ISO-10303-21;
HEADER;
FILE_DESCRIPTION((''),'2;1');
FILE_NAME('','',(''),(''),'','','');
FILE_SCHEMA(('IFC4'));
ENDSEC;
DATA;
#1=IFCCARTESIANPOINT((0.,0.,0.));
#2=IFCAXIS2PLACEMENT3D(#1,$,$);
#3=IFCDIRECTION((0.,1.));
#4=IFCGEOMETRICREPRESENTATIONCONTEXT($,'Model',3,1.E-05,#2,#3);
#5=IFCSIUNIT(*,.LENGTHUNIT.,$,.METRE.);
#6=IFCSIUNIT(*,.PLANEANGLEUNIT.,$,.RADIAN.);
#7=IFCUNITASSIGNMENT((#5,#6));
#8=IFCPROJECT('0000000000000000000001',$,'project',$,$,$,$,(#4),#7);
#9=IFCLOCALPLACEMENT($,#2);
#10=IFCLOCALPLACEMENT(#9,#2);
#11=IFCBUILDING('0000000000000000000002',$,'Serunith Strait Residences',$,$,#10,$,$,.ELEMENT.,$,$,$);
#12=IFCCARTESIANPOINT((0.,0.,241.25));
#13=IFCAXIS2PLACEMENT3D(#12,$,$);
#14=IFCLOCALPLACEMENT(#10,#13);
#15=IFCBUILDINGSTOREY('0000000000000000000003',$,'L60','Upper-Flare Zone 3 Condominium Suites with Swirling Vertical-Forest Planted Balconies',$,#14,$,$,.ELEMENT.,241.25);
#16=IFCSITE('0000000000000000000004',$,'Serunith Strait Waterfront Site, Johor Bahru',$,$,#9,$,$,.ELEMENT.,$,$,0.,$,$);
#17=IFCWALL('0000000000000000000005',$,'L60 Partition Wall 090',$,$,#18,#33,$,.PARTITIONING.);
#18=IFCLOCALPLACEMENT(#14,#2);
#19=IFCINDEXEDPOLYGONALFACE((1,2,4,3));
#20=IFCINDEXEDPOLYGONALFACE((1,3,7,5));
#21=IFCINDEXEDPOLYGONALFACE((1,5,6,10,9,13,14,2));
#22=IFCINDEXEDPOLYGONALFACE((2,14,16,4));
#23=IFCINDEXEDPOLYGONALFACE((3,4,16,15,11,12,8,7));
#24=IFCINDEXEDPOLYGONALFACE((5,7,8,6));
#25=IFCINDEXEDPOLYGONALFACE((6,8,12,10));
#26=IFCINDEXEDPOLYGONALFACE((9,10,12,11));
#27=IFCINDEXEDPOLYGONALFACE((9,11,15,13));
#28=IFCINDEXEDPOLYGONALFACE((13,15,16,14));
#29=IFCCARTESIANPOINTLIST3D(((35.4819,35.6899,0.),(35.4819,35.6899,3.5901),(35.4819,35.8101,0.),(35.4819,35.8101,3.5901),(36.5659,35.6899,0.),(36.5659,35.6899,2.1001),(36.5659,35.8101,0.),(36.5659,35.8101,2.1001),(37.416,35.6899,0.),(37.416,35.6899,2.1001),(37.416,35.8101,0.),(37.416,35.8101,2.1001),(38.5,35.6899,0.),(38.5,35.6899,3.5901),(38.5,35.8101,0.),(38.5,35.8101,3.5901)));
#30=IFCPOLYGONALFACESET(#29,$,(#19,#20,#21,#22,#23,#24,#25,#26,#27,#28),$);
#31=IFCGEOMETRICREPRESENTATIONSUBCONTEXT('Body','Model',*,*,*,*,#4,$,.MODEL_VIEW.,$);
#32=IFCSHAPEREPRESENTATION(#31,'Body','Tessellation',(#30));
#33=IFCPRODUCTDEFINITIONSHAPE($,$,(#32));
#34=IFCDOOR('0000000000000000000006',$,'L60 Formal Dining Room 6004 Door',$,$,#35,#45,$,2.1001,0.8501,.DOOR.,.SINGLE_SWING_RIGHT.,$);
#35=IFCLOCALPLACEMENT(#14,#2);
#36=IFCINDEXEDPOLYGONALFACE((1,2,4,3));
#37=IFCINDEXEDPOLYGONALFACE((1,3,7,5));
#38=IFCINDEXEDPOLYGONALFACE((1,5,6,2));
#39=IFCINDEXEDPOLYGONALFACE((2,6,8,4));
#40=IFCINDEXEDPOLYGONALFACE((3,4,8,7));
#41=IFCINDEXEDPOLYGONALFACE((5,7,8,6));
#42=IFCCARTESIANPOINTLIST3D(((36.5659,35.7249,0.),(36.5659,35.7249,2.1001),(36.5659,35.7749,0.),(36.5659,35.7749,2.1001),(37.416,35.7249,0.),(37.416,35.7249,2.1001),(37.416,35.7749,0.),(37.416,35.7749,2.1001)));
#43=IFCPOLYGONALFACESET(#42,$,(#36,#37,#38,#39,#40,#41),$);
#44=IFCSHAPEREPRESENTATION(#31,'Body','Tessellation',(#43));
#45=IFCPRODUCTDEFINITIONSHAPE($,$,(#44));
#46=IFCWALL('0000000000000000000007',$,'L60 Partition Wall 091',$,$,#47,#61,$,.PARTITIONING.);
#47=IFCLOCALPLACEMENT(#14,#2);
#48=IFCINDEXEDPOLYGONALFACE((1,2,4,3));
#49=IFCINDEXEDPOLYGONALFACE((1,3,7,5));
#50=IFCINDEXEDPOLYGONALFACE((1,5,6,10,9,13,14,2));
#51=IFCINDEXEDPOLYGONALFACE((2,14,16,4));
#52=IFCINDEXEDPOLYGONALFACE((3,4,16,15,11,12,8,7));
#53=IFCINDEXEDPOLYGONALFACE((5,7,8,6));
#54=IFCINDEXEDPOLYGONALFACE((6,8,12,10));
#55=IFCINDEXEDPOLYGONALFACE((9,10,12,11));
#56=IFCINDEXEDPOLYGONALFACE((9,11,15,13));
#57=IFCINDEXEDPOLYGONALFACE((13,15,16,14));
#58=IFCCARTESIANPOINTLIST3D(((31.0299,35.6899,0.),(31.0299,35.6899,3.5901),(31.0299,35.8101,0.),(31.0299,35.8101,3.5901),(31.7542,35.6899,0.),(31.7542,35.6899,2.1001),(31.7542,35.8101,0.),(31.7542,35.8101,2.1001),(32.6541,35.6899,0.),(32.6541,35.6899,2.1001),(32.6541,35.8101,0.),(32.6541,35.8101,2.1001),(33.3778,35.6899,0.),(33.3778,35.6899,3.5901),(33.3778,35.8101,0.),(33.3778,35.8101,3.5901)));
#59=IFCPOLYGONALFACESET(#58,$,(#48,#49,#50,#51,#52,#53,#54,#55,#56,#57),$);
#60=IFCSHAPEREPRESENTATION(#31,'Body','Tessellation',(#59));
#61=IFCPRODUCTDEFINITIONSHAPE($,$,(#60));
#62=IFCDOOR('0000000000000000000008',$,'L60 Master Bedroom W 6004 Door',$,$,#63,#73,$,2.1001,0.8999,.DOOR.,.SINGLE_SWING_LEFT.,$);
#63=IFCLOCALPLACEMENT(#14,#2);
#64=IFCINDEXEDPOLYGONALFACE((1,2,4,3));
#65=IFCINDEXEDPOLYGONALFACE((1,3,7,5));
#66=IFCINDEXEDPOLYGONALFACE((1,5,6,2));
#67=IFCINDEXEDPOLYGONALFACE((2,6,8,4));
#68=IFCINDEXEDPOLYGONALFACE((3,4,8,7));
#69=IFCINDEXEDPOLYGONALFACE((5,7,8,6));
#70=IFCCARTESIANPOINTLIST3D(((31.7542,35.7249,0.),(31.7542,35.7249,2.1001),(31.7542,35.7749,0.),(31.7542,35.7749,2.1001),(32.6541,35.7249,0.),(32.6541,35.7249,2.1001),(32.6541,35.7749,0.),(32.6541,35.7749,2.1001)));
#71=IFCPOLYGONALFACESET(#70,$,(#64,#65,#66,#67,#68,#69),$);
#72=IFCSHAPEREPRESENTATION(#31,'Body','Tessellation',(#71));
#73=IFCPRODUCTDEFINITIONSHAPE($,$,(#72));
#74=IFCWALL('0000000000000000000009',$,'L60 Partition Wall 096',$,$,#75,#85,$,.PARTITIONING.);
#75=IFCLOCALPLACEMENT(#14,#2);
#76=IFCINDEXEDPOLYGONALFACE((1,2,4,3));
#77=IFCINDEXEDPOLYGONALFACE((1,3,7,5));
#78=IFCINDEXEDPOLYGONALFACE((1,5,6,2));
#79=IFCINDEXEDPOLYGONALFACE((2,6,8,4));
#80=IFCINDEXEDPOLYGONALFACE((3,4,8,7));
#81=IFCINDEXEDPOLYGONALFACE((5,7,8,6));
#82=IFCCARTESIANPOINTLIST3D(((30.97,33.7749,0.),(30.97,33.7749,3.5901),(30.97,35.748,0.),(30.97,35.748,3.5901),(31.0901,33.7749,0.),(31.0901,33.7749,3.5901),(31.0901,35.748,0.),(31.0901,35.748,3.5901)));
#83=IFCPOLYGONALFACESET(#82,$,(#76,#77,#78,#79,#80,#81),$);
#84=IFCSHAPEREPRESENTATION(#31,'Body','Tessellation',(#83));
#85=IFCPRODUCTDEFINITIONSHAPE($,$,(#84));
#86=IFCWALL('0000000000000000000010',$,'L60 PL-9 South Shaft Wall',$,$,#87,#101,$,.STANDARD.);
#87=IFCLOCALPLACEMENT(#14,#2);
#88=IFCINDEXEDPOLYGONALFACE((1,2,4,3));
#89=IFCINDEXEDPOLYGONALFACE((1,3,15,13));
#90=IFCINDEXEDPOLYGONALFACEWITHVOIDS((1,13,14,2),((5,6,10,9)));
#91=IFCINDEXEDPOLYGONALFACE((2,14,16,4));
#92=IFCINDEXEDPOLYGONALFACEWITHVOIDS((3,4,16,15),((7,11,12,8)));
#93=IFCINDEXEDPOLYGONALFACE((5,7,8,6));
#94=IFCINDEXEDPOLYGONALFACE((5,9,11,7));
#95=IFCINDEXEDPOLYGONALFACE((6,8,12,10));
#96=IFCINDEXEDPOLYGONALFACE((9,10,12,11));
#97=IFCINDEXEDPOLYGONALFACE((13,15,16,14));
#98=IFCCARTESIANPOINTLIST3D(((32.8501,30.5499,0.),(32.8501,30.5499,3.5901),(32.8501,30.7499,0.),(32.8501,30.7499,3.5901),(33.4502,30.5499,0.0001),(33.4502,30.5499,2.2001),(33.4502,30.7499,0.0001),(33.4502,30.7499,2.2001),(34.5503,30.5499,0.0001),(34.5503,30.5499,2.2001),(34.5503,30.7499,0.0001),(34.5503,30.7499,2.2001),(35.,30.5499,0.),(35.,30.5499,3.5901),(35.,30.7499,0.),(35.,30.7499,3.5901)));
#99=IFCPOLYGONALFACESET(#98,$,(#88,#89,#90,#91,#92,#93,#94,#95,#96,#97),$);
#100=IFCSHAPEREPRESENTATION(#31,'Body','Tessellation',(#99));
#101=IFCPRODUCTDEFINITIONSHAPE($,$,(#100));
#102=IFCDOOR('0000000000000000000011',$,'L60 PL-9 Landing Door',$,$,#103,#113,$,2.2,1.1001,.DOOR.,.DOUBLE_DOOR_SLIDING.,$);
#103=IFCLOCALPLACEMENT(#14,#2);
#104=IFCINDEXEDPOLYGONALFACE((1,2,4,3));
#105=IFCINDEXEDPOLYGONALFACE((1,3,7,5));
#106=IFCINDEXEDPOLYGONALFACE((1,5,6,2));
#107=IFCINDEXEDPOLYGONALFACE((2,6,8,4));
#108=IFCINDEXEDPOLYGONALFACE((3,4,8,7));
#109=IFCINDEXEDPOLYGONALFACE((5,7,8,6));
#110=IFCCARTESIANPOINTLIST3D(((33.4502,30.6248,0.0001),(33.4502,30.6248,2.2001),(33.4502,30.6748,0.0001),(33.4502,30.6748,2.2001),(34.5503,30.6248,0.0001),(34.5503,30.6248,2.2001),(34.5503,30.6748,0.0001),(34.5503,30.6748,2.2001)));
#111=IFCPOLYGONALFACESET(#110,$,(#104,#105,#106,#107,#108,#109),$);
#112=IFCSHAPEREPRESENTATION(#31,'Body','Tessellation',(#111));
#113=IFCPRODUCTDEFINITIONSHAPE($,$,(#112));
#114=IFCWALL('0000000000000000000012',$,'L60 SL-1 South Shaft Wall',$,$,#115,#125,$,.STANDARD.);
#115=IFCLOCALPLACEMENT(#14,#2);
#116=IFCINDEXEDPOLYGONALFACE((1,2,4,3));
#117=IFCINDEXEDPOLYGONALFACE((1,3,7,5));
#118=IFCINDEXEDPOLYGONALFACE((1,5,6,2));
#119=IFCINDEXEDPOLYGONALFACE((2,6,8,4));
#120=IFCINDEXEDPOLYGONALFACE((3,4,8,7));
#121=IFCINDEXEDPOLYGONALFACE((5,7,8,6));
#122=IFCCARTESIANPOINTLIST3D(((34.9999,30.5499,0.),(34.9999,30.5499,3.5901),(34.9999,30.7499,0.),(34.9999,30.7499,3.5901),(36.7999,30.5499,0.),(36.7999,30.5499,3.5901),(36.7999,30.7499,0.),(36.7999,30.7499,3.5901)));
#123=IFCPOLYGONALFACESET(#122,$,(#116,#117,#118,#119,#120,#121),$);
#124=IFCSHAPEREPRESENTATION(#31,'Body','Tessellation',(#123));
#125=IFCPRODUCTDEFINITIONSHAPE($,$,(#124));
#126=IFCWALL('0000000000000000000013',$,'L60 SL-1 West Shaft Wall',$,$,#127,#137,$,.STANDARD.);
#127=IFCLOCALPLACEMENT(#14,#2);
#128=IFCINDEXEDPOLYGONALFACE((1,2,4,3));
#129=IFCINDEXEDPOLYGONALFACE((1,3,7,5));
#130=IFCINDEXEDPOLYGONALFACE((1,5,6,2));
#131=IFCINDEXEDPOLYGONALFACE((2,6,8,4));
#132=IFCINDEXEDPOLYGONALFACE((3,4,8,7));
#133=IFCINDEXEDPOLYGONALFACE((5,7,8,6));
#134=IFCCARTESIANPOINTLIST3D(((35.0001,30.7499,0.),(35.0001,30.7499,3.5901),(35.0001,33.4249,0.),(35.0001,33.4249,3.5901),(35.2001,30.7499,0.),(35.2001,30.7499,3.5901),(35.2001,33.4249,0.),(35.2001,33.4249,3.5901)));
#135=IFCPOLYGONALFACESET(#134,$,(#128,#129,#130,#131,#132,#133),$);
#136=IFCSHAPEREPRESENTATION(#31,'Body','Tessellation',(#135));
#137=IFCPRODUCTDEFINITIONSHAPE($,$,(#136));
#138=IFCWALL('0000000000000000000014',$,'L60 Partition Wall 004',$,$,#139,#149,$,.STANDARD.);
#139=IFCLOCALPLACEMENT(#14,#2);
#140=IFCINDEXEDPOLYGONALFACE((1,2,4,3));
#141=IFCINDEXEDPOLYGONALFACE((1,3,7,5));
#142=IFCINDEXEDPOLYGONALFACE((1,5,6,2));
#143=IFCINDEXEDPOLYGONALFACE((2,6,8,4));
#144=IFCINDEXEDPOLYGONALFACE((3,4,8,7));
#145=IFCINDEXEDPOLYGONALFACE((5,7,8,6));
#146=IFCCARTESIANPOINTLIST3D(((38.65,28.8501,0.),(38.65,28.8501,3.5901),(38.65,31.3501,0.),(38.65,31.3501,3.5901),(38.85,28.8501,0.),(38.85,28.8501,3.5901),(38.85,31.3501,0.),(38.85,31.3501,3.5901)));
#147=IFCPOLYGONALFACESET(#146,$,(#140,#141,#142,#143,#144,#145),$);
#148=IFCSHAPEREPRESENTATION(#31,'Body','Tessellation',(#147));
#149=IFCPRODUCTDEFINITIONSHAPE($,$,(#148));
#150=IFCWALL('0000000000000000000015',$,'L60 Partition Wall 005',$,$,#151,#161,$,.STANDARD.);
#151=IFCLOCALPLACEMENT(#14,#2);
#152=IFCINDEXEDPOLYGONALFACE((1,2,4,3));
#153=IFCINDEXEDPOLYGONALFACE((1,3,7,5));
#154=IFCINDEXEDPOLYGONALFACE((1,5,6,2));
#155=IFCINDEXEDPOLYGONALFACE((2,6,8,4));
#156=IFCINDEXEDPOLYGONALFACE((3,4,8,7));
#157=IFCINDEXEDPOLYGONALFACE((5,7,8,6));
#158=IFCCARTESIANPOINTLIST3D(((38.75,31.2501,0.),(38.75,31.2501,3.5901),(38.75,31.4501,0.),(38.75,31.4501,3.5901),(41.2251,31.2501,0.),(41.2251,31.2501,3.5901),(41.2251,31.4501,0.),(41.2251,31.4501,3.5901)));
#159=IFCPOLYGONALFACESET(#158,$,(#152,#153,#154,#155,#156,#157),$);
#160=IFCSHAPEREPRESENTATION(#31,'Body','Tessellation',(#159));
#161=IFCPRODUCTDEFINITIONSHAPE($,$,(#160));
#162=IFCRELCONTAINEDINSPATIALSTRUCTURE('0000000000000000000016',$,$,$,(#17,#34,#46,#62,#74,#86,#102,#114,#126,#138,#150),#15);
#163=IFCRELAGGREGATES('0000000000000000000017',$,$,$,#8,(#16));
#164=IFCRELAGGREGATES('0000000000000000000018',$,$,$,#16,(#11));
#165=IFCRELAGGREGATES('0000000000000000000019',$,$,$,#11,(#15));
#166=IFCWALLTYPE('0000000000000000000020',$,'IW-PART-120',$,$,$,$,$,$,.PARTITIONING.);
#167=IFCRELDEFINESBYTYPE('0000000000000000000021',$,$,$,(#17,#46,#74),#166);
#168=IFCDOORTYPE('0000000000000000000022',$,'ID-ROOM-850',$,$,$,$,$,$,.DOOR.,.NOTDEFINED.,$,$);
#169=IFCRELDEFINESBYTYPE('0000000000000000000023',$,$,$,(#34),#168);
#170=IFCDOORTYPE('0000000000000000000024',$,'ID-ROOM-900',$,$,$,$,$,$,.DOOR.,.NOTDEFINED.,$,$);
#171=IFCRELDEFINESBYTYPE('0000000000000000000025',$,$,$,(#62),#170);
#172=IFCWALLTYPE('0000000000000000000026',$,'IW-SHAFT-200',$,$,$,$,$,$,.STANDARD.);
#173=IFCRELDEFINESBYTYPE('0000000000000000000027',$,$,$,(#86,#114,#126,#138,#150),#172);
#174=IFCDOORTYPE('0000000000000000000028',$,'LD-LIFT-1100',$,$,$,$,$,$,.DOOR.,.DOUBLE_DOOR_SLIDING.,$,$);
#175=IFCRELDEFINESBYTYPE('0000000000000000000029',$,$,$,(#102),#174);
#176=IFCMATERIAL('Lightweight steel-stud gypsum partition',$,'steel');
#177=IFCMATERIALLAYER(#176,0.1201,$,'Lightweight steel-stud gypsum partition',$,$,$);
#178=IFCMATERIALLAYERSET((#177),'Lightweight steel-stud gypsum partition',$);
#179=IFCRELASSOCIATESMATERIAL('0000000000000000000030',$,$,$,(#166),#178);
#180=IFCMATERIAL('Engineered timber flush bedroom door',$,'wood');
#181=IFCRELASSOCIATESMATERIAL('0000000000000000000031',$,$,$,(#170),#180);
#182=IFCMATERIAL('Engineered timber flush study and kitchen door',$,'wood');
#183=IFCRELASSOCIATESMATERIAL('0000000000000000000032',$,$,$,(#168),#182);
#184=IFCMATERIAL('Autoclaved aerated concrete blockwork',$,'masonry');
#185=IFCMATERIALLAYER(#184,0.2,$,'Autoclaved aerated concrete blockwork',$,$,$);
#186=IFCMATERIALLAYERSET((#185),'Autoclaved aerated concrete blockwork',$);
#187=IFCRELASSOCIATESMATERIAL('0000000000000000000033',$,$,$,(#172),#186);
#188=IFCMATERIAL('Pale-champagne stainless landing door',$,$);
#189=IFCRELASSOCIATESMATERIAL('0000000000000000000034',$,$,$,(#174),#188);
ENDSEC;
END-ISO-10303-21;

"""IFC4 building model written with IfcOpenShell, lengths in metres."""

from ifc_helpers import new_model, si_unit, direction, frame, frame_2d, origin, place, context, subcontext, project, spatial, rectangle, extrude, source, transform, mapped, material, layer, layer_set, type_object, element, fill, save


model = new_model("IFC4")

# Units and contexts
model_context = context("Model", 3, precision=1e-05, world=origin(), true_north=direction((0.0, 1.0)))
body_context = subcontext(model_context, "Body", "Model", "MODEL_VIEW")
ifc_project = project(units=[si_unit("LENGTHUNIT", "METRE"), si_unit("PLANEANGLEUNIT", "RADIAN")], contexts=[model_context])

# Site, building, storey
site_placement = place(None, origin())
site = spatial("IfcSite", under=ifc_project, at=site_placement, Name="Serunith Strait Waterfront Site, Johor Bahru", CompositionType="ELEMENT", RefElevation=0.0)
building_placement = place(site_placement, origin())
building = spatial("IfcBuilding", under=site, at=building_placement, Name="Serunith Strait Residences", CompositionType="ELEMENT")
storey_placement = place(building_placement, frame((0.0, 0.0, 241.25)))
storey = spatial("IfcBuildingStorey", under=building, at=storey_placement, Name="L60", Description="Upper-Flare Zone 3 Condominium Suites with Swirling Vertical-Forest Planted Balconies", CompositionType="ELEMENT", Elevation=241.25)

# Walls, openings, doors
shared_shape_1 = source(origin(), body_context, "Body", "SweptSolid", [
    extrude(rectangle(XDim=0.8501, YDim=2.1001, at=frame_2d((0.425, 1.05))), frame((0.0, 0.0249, 0.0), z_axis=(0.0, -1.0, 0.0), x_axis=(1.0, 0.0, 0.0)), (0.0, 0.0, 1.0), 0.05),
])
ifc_material_1 = material(Name="Lightweight steel-stud gypsum partition", Category="steel")
ifc_layer_1 = layer(ifc_material_1, 0.1201, Name="Lightweight steel-stud gypsum partition")
ifc_layer_set_1 = layer_set([ifc_layer_1], Name="Lightweight steel-stud gypsum partition")
wall_type_1 = type_object("IfcWallType", Name="IW-PART-120", PredefinedType="PARTITIONING", material=ifc_layer_set_1)
ifc_material_2 = material(Name="Engineered timber flush bedroom door", Category="wood")
door_type_1 = type_object("IfcDoorType", Name="ID-ROOM-900", OperationType="NOTDEFINED", PredefinedType="DOOR", material=ifc_material_2)
shared_shape_2 = source(origin(), body_context, "Body", "SweptSolid", [
    extrude(rectangle(XDim=0.8999, YDim=2.1001, at=frame_2d((0.45, 1.05))), frame((0.0, 0.0249, 0.0), z_axis=(0.0, -1.0, 0.0), x_axis=(1.0, 0.0, 0.0)), (0.0, 0.0, 1.0), 0.05),
])
wall_1_placement = place(storey_placement, frame((35.4819, 35.75, 0.0), z_axis=(0.0, 0.0, 1.0), x_axis=(1.0, 0.0, 0.0)))
wall_1 = element("IfcWall", 1, at=wall_1_placement, inside=storey, type_object=wall_type_1, Name="L60 Partition Wall 090", PredefinedType="PARTITIONING", context=body_context, shape_type="SweptSolid", body=[
    extrude(rectangle(XDim=3.0181, YDim=0.1201, at=frame_2d((1.509, 0.0))), origin(), (0.0, 0.0, 1.0), 3.5901),
])
opening_1_placement = place(wall_1_placement, frame((1.084, 0.0, 0.0)))
opening_1 = element("IfcOpeningElement", 2, at=opening_1_placement, cuts=wall_1, PredefinedType="OPENING", context=body_context, shape_type="SweptSolid", body=[
    extrude(rectangle(XDim=0.8501, YDim=2.1001, at=frame_2d((0.425, 1.05))), frame((0.0, 0.0701, 0.0), z_axis=(0.0, -1.0, 0.0), x_axis=(1.0, 0.0, 0.0)), (0.0, 0.0, 1.0), 0.1401),
])
ifc_material_3 = material(Name="Engineered timber flush study and kitchen door", Category="wood")
door_type_2 = type_object("IfcDoorType", Name="ID-ROOM-850", OperationType="NOTDEFINED", PredefinedType="DOOR", material=ifc_material_3)
door_1_placement = place(opening_1_placement, origin())
door_1 = element("IfcDoor", 3, at=door_1_placement, inside=storey, type_object=door_type_2, Name="L60 Formal Dining Room 6004 Door", OperationType="SINGLE_SWING_RIGHT", OverallHeight=2.1001, OverallWidth=0.8501, PredefinedType="DOOR", context=body_context, shape_type="MappedRepresentation", body=[
    mapped(shared_shape_1, transform((0.0, 0.0, 0.0), scale=1.0)),
])
fill(opening_1, door_1)
wall_2_placement = place(storey_placement, frame((31.03, 35.75, 0.0), z_axis=(0.0, 0.0, 1.0), x_axis=(1.0, 0.0, 0.0)))
wall_2 = element("IfcWall", 4, at=wall_2_placement, inside=storey, type_object=wall_type_1, Name="L60 Partition Wall 091", PredefinedType="PARTITIONING", context=body_context, shape_type="SweptSolid", body=[
    extrude(rectangle(XDim=2.3479, YDim=0.1201, at=frame_2d((1.1738, 0.0))), origin(), (0.0, 0.0, 1.0), 3.5901),
])
opening_2_placement = place(wall_2_placement, frame((0.7241, 0.0, 0.0)))
opening_2 = element("IfcOpeningElement", 5, at=opening_2_placement, cuts=wall_2, PredefinedType="OPENING", context=body_context, shape_type="SweptSolid", body=[
    extrude(rectangle(XDim=0.8999, YDim=2.1001, at=frame_2d((0.45, 1.05))), frame((0.0, 0.0701, 0.0), z_axis=(0.0, -1.0, 0.0), x_axis=(1.0, 0.0, 0.0)), (0.0, 0.0, 1.0), 0.1401),
])
door_2_placement = place(opening_2_placement, origin())
door_2 = element("IfcDoor", 6, at=door_2_placement, inside=storey, type_object=door_type_1, Name="L60 Master Bedroom W 6004 Door", OperationType="SINGLE_SWING_LEFT", OverallHeight=2.1001, OverallWidth=0.8999, PredefinedType="DOOR", context=body_context, shape_type="MappedRepresentation", body=[
    mapped(shared_shape_2, transform((0.0, 0.0, 0.0), scale=1.0)),
])
fill(opening_2, door_2)

# Wall
wall_3_placement = place(storey_placement, frame((31.03, 35.748, 0.0), z_axis=(0.0, 0.0, 1.0), x_axis=(0.0, -1.0, 0.0)))
element("IfcWall", 7, at=wall_3_placement, inside=storey, type_object=wall_type_1, Name="L60 Partition Wall 096", PredefinedType="PARTITIONING", context=body_context, shape_type="SweptSolid", body=[
    extrude(rectangle(XDim=1.9731, YDim=0.1201, at=frame_2d((0.9866, 0.0))), origin(), (0.0, 0.0, 1.0), 3.5901),
])

# Wall, opening, door
ifc_material_4 = material(Name="Autoclaved aerated concrete blockwork", Category="masonry")
ifc_layer_2 = layer(ifc_material_4, 0.2, Name="Autoclaved aerated concrete blockwork")
ifc_layer_set_2 = layer_set([ifc_layer_2], Name="Autoclaved aerated concrete blockwork")
wall_type_2 = type_object("IfcWallType", Name="IW-SHAFT-200", PredefinedType="STANDARD", material=ifc_layer_set_2)
wall_4_placement = place(storey_placement, frame((32.8501, 30.6499, 0.0), z_axis=(0.0, 0.0, 1.0), x_axis=(1.0, 0.0, 0.0)))
wall_4 = element("IfcWall", 8, at=wall_4_placement, inside=storey, type_object=wall_type_2, Name="L60 PL-9 South Shaft Wall", PredefinedType="STANDARD", context=body_context, shape_type="SweptSolid", body=[
    extrude(rectangle(XDim=2.1499, YDim=0.2, at=frame_2d((1.075, 0.0))), origin(), (0.0, 0.0, 1.0), 3.5901),
])
opening_3_placement = place(wall_4_placement, frame((0.6001, 0.0, 0.0)))
opening_3 = element("IfcOpeningElement", 9, at=opening_3_placement, cuts=wall_4, PredefinedType="OPENING", context=body_context, shape_type="SweptSolid", body=[
    extrude(rectangle(XDim=1.1001, YDim=2.2, at=frame_2d((0.55, 1.1001))), frame((0.0, 0.1099, 0.0), z_axis=(0.0, -1.0, 0.0), x_axis=(1.0, 0.0, 0.0)), (0.0, 0.0, 1.0), 0.22),
])
ifc_material_5 = material(Name="Pale-champagne stainless landing door")
door_type_3 = type_object("IfcDoorType", Name="LD-LIFT-1100", OperationType="DOUBLE_DOOR_SLIDING", PredefinedType="DOOR", material=ifc_material_5)
shared_shape_3 = source(origin(), body_context, "Body", "SweptSolid", [
    extrude(rectangle(XDim=1.1001, YDim=2.2, at=frame_2d((0.55, 1.1001))), frame((0.0, 0.0249, 0.0), z_axis=(0.0, -1.0, 0.0), x_axis=(1.0, 0.0, 0.0)), (0.0, 0.0, 1.0), 0.05),
])
door_3_placement = place(opening_3_placement, origin())
door_3 = element("IfcDoor", 10, at=door_3_placement, inside=storey, type_object=door_type_3, Name="L60 PL-9 Landing Door", OperationType="DOUBLE_DOOR_SLIDING", OverallHeight=2.2, OverallWidth=1.1001, PredefinedType="DOOR", context=body_context, shape_type="MappedRepresentation", body=[
    mapped(shared_shape_3, transform((0.0, 0.0, 0.0), scale=1.0)),
])
fill(opening_3, door_3)

# Walls
wall_5_placement = place(storey_placement, frame((35.0, 30.6499, 0.0), z_axis=(0.0, 0.0, 1.0), x_axis=(1.0, 0.0, 0.0)))
element("IfcWall", 11, at=wall_5_placement, inside=storey, type_object=wall_type_2, Name="L60 SL-1 South Shaft Wall", PredefinedType="STANDARD", context=body_context, shape_type="SweptSolid", body=[
    extrude(rectangle(XDim=1.8, YDim=0.2, at=frame_2d((0.8999, 0.0))), origin(), (0.0, 0.0, 1.0), 3.5901),
])
wall_6_placement = place(storey_placement, frame((35.1001, 30.75, 0.0), z_axis=(0.0, 0.0, 1.0), x_axis=(0.0, 1.0, 0.0)))
element("IfcWall", 12, at=wall_6_placement, inside=storey, type_object=wall_type_2, Name="L60 SL-1 West Shaft Wall", PredefinedType="STANDARD", context=body_context, shape_type="SweptSolid", body=[
    extrude(rectangle(XDim=2.675, YDim=0.2, at=frame_2d((1.3374, 0.0))), origin(), (0.0, 0.0, 1.0), 3.5901),
])
wall_7_placement = place(storey_placement, frame((38.75, 28.8501, 0.0), z_axis=(0.0, 0.0, 1.0), x_axis=(0.0, 1.0, 0.0)))
element("IfcWall", 13, at=wall_7_placement, inside=storey, type_object=wall_type_2, Name="L60 Partition Wall 004", PredefinedType="STANDARD", context=body_context, shape_type="SweptSolid", body=[
    extrude(rectangle(XDim=2.5, YDim=0.2, at=frame_2d((1.25, 0.0))), origin(), (0.0, 0.0, 1.0), 3.5901),
])
wall_8_placement = place(storey_placement, frame((38.75, 31.3501, 0.0), z_axis=(0.0, 0.0, 1.0), x_axis=(1.0, 0.0, 0.0)))
element("IfcWall", 14, at=wall_8_placement, inside=storey, type_object=wall_type_2, Name="L60 Partition Wall 005", PredefinedType="STANDARD", context=body_context, shape_type="SweptSolid", body=[
    extrude(rectangle(XDim=2.4751, YDim=0.2, at=frame_2d((1.2375, 0.0))), origin(), (0.0, 0.0, 1.0), 3.5901),
])

save(model, "model.ifc")
